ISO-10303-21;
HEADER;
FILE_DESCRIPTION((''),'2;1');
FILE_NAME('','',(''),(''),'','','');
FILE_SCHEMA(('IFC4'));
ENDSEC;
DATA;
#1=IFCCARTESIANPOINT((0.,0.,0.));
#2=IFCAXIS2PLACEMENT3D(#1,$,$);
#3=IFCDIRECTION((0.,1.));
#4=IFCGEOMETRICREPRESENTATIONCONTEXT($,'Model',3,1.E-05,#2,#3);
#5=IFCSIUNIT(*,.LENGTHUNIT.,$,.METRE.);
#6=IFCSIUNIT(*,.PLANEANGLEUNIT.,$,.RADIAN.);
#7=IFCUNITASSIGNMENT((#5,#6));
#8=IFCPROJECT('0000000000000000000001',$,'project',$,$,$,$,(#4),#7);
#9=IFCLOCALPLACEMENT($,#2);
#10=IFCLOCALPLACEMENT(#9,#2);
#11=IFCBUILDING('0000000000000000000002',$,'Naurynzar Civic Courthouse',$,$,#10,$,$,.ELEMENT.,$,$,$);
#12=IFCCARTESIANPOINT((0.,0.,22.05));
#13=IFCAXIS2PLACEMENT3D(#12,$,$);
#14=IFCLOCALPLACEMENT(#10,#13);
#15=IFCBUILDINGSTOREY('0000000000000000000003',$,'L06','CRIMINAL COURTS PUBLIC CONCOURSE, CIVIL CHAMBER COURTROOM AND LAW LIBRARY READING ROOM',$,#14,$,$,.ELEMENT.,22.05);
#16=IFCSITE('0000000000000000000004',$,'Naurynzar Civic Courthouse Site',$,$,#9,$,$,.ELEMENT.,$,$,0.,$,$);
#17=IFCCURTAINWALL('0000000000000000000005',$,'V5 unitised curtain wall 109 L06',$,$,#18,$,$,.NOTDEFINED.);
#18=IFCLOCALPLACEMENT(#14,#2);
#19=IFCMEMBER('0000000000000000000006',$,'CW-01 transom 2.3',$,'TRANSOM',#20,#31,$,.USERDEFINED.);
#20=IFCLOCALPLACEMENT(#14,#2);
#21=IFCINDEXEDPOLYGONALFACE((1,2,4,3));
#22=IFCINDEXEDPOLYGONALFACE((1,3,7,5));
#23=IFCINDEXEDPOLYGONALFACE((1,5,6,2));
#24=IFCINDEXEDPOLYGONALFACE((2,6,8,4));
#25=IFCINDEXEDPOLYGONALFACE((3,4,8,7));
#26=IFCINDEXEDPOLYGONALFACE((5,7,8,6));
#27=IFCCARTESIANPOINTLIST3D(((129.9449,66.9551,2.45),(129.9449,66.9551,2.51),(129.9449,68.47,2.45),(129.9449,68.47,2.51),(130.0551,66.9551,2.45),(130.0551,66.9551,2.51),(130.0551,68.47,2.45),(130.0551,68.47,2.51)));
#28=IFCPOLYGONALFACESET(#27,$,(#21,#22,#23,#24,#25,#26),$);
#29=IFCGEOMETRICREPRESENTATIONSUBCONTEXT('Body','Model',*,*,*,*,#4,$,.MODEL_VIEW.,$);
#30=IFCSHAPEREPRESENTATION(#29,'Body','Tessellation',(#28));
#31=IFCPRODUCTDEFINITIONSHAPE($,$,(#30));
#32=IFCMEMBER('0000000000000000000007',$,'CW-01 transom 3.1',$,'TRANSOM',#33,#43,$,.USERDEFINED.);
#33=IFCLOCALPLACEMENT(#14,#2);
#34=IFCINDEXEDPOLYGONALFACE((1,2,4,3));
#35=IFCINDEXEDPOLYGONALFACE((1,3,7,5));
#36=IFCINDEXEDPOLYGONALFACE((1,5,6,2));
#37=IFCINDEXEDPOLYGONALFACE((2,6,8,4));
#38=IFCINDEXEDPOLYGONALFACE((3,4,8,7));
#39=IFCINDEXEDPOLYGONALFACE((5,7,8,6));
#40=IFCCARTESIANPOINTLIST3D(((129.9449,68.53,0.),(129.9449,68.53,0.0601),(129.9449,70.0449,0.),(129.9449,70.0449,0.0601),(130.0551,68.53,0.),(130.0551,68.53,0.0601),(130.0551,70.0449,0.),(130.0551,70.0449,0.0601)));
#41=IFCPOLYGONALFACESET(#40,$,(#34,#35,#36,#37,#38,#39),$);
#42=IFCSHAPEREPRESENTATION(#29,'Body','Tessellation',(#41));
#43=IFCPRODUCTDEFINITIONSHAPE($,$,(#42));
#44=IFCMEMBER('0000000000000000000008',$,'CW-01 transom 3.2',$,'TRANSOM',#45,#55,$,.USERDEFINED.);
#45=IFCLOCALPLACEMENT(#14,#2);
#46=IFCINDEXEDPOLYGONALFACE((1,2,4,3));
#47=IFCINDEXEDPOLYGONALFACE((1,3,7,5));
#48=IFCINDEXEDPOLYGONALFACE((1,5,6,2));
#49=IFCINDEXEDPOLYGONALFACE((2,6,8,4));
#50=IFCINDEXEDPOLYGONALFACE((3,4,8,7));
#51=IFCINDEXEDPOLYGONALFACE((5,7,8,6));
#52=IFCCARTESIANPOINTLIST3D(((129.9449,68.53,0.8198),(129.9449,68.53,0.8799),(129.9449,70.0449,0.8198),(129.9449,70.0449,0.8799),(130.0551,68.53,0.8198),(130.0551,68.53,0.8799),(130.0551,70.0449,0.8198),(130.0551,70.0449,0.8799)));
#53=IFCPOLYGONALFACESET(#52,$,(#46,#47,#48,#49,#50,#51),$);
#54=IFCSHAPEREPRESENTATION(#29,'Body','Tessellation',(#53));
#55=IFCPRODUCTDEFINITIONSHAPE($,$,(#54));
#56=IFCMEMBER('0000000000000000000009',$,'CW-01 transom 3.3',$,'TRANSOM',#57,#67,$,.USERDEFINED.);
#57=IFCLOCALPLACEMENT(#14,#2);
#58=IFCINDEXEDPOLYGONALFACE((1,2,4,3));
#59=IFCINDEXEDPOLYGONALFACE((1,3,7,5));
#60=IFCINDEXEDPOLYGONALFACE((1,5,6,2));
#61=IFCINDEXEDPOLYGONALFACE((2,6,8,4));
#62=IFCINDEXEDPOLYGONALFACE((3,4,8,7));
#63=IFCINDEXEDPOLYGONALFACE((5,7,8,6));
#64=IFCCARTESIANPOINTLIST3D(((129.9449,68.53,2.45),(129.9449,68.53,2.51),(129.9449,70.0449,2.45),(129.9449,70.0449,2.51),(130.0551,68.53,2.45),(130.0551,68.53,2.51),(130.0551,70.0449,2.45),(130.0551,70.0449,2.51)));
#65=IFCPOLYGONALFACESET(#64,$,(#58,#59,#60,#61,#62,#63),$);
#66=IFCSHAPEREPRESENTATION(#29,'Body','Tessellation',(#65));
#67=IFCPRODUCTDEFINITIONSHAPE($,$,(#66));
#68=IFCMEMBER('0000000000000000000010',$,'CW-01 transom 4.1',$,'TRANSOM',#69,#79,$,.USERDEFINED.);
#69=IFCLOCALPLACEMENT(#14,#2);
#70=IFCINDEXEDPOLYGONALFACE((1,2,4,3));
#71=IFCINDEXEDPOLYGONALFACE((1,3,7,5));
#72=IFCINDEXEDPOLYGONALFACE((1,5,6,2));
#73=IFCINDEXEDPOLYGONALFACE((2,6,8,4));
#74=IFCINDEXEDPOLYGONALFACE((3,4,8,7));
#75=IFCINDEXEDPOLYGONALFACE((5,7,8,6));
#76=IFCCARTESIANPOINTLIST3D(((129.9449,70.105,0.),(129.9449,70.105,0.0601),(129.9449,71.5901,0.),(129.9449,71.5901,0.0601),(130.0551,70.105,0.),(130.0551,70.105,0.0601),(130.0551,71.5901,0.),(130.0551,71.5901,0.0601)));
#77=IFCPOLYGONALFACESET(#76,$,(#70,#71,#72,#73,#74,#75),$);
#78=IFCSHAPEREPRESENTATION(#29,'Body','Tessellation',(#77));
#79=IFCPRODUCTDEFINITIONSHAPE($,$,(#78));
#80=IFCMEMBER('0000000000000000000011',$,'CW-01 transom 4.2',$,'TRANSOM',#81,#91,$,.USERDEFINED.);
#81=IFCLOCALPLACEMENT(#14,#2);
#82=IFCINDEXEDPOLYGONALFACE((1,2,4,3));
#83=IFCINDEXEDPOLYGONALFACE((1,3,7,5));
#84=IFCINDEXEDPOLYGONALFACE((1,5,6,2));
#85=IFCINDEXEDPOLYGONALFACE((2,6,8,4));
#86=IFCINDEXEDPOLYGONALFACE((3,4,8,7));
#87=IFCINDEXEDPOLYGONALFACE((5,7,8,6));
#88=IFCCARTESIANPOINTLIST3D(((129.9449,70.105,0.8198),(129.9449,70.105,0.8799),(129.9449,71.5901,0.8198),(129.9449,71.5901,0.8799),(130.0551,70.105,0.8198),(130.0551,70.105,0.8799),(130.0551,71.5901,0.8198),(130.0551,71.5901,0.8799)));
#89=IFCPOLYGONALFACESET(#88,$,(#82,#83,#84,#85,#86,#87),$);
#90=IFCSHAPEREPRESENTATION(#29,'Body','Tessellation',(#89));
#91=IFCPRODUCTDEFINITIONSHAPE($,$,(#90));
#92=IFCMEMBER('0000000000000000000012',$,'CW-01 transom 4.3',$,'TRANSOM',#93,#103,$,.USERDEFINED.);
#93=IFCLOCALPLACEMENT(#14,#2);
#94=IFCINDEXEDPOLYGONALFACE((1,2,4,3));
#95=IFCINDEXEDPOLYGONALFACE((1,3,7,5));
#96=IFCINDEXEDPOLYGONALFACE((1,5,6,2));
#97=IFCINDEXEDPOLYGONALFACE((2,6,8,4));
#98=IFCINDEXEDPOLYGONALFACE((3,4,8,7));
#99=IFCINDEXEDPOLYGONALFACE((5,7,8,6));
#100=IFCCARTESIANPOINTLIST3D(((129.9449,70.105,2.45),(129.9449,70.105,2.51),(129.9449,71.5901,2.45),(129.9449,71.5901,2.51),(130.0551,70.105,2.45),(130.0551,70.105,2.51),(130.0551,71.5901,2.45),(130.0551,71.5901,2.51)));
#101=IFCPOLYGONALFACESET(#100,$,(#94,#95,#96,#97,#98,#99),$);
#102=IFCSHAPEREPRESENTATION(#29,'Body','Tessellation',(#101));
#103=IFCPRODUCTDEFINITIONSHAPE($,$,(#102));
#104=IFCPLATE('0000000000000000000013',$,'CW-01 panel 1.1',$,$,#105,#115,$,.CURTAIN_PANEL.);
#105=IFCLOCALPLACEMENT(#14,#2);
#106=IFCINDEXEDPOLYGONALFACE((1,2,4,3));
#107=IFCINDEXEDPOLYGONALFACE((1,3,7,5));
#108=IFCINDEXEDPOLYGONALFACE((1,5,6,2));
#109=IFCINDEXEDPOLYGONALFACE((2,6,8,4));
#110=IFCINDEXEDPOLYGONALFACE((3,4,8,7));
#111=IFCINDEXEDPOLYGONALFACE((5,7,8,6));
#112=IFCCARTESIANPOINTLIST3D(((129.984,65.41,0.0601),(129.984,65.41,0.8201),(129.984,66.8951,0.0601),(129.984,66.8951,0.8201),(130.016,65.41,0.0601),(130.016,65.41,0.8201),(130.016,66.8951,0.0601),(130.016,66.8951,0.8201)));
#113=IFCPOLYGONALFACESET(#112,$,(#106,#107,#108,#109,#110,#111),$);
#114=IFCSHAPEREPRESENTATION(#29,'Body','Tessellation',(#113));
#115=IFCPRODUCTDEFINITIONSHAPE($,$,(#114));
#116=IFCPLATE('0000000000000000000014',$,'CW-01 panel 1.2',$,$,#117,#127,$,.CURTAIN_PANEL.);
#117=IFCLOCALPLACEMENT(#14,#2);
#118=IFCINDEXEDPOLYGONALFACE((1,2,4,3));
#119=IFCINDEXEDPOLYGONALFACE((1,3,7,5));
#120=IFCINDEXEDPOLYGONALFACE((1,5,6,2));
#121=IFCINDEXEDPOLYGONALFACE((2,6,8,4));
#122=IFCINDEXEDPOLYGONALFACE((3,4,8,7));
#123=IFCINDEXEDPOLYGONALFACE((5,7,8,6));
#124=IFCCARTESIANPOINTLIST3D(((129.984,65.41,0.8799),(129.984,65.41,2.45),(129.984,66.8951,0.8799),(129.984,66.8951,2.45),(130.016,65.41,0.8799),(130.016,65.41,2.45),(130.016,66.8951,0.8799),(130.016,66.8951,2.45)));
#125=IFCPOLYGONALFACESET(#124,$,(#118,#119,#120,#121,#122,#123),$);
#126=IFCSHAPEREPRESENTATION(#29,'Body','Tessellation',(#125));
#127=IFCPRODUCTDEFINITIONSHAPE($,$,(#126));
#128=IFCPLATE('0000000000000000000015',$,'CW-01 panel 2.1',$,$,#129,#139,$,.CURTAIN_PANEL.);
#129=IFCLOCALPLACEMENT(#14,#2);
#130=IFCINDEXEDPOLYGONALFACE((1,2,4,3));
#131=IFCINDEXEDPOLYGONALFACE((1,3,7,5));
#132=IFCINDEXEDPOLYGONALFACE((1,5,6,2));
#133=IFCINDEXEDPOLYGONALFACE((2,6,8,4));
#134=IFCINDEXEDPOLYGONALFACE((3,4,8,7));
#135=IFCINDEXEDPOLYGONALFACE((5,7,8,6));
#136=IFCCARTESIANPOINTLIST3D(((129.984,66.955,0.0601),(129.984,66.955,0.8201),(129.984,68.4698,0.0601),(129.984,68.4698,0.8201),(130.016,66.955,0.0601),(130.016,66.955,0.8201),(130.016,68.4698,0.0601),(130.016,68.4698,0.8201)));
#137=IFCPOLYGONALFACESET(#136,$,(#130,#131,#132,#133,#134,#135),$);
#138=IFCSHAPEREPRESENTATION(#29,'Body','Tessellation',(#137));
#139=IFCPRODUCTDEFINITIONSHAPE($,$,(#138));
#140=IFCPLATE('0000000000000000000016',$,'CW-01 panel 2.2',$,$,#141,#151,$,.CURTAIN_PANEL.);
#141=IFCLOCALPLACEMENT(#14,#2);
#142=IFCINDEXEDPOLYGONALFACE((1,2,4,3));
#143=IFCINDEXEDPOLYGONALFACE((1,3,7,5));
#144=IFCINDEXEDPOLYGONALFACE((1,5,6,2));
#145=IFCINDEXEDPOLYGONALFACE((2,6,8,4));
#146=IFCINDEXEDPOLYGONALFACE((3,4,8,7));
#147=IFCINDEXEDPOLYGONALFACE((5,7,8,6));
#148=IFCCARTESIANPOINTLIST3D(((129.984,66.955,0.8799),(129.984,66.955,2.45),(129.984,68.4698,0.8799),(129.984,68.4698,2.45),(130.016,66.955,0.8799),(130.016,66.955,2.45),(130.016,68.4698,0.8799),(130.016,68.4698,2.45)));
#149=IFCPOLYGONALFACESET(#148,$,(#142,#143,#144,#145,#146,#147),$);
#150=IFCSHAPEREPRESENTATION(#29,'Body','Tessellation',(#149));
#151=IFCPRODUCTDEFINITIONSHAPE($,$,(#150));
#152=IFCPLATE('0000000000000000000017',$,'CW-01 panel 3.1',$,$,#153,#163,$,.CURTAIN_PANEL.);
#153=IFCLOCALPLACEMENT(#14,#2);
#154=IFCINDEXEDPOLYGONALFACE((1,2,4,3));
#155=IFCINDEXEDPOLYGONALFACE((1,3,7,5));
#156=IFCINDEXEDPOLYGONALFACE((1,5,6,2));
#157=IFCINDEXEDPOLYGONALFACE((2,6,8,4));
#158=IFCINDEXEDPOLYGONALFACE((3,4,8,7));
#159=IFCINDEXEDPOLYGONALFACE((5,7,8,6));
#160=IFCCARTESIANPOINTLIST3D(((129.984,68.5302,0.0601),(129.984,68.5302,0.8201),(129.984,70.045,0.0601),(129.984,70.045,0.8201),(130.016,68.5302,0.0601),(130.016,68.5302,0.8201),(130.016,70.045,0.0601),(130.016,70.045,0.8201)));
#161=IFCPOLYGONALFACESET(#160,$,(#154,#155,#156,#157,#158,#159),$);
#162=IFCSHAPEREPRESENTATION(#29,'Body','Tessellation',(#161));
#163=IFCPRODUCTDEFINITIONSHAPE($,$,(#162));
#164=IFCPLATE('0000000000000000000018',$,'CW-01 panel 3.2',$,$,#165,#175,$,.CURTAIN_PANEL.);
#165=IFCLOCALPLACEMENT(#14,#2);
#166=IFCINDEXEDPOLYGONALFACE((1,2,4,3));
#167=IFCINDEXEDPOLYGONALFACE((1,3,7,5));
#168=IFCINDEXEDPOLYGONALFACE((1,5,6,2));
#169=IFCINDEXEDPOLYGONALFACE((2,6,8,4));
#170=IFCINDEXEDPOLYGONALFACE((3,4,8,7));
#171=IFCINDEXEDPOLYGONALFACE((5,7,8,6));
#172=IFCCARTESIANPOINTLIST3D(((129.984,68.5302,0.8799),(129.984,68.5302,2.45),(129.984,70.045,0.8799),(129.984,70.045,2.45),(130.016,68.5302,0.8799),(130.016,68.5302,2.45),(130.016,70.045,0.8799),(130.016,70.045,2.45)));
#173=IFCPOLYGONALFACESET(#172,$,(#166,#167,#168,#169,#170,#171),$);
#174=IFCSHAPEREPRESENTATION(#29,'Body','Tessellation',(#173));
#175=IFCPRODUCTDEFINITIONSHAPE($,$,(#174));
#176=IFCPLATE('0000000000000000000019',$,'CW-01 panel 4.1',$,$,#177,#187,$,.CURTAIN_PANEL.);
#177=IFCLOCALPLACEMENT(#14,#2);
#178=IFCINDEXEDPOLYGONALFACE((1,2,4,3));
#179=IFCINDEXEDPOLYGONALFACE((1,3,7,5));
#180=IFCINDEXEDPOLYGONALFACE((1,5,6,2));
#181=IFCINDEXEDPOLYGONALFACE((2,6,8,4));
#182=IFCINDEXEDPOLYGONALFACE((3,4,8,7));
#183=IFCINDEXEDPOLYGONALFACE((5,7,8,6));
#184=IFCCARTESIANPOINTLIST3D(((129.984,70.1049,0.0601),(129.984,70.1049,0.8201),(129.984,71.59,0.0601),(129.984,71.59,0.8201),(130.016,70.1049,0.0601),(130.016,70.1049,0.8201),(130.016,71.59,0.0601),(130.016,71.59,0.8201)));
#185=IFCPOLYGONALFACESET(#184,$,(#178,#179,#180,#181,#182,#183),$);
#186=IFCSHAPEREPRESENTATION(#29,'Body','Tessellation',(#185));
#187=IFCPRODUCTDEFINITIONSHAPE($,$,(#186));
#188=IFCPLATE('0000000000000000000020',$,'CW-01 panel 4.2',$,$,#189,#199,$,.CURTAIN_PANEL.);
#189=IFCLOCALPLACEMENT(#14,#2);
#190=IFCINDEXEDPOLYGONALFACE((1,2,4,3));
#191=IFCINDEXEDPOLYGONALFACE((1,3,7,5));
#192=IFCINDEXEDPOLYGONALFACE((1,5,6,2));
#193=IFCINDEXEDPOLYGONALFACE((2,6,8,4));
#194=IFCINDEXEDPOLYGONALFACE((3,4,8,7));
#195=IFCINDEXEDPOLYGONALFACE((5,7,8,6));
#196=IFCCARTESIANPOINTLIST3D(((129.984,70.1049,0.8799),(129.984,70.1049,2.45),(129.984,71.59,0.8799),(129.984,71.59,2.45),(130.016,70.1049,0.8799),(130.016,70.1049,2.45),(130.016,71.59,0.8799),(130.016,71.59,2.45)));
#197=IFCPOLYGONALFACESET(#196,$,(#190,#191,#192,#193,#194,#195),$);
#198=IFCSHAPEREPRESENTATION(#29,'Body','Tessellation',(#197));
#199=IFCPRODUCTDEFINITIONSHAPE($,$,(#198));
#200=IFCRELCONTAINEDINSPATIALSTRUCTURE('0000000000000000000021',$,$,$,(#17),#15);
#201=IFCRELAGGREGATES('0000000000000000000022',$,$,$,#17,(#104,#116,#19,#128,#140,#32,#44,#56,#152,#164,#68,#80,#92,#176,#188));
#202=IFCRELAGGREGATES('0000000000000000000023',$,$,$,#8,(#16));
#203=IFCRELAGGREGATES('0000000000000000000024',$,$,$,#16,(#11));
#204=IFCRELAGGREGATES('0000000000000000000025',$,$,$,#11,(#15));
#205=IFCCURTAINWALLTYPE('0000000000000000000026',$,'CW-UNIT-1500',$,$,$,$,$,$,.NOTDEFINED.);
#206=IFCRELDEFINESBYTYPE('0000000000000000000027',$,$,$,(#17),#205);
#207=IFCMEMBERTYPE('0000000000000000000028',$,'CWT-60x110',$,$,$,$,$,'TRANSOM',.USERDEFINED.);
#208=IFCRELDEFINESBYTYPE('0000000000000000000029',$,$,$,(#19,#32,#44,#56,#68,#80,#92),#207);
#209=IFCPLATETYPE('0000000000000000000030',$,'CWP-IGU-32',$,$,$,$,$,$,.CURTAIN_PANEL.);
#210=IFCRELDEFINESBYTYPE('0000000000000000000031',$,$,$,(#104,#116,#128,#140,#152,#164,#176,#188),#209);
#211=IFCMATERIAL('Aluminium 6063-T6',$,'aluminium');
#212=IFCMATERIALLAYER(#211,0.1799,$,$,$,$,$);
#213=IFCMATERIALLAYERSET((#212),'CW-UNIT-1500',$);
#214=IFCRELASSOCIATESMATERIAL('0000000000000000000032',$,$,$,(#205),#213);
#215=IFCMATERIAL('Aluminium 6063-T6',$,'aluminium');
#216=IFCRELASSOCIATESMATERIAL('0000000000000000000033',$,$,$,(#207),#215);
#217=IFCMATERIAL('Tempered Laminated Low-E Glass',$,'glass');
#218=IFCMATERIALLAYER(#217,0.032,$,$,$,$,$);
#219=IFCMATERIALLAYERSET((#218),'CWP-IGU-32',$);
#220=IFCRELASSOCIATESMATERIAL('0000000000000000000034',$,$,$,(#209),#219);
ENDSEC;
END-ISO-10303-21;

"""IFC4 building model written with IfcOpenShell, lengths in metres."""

from ifc_helpers import new_model, si_unit, direction, frame, origin, origin_2d, place, context, subcontext, project, spatial, rectangle, extrude, material, layer, layer_set, material_profile, profile_set, type_object, element, aggregate, save


model = new_model("IFC4")

# Units and contexts
model_context = context("Model", 3, precision=1e-05, world=origin(), true_north=direction((0.0, 1.0)))
body_context = subcontext(model_context, "Body", "Model", "MODEL_VIEW")
ifc_project = project(units=[si_unit("LENGTHUNIT", "METRE"), si_unit("PLANEANGLEUNIT", "RADIAN")], contexts=[model_context])

# Site, building, storey
site_placement = place(None, origin())
site = spatial("IfcSite", under=ifc_project, at=site_placement, Name="Naurynzar Civic Courthouse Site", CompositionType="ELEMENT", RefElevation=0.0)
building_placement = place(site_placement, origin())
building = spatial("IfcBuilding", under=site, at=building_placement, Name="Naurynzar Civic Courthouse", CompositionType="ELEMENT")
storey_placement = place(building_placement, frame((0.0, 0.0, 22.05)))
storey = spatial("IfcBuildingStorey", under=building, at=storey_placement, Name="L06", Description="CRIMINAL COURTS PUBLIC CONCOURSE, CIVIL CHAMBER COURTROOM AND LAW LIBRARY READING ROOM", CompositionType="ELEMENT", Elevation=22.05)

# Curtain wall, members, plates
ifc_material_1 = material(Name="Aluminium 6063-T6", Category="aluminium")
ifc_layer_1 = layer(ifc_material_1, 0.1799)
ifc_layer_set_1 = layer_set([ifc_layer_1], Name="CW-UNIT-1500")
curtain_wall_type = type_object("IfcCurtainWallType", Name="CW-UNIT-1500", PredefinedType="NOTDEFINED", material=ifc_layer_set_1)
curtain_wall_placement = place(storey_placement, origin())
curtain_wall = element("IfcCurtainWall", 1, at=curtain_wall_placement, inside=storey, type_object=curtain_wall_type, Name="V5 unitised curtain wall 109 L06", PredefinedType="NOTDEFINED")
ifc_material_2 = material(Name="Aluminium 6063-T6", Category="aluminium")
ifc_material_profile_1 = material_profile(ifc_material_2, rectangle(XDim=0.1101, YDim=0.0601, at=origin_2d()), Name="ALU TRANSOM 60x110")
ifc_profile_set_1 = profile_set([ifc_material_profile_1], Name="Aluminium 6063-T6")
member_type_1 = type_object("IfcMemberType", Name="CWT-60x110", ElementType="TRANSOM", PredefinedType="USERDEFINED", material=ifc_profile_set_1)
member_1_placement = place(storey_placement, frame((130.0, 66.9551, 2.48), z_axis=(0.0, 1.0, 0.0), x_axis=(-1.0, 0.0, 0.0)))
member_1 = element("IfcMember", 2, at=member_1_placement, type_object=member_type_1, Name="CW-01 transom 2.3", ObjectType="TRANSOM", PredefinedType="USERDEFINED", context=body_context, shape_type="SweptSolid", body=[
    extrude(rectangle(XDim=0.1101, YDim=0.0601, at=origin_2d()), origin(), (0.0, 0.0, 1.0), 1.5149),
])
member_2_placement = place(storey_placement, frame((130.0, 68.53, 0.03), z_axis=(0.0, 1.0, 0.0), x_axis=(-1.0, 0.0, 0.0)))
member_2 = element("IfcMember", 3, at=member_2_placement, type_object=member_type_1, Name="CW-01 transom 3.1", ObjectType="TRANSOM", PredefinedType="USERDEFINED", context=body_context, shape_type="SweptSolid", body=[
    extrude(rectangle(XDim=0.1101, YDim=0.0601, at=origin_2d()), origin(), (0.0, 0.0, 1.0), 1.5149),
])
member_3_placement = place(storey_placement, frame((130.0, 68.53, 0.8499), z_axis=(0.0, 1.0, 0.0), x_axis=(-1.0, 0.0, 0.0)))
member_3 = element("IfcMember", 4, at=member_3_placement, type_object=member_type_1, Name="CW-01 transom 3.2", ObjectType="TRANSOM", PredefinedType="USERDEFINED", context=body_context, shape_type="SweptSolid", body=[
    extrude(rectangle(XDim=0.1101, YDim=0.0601, at=origin_2d()), origin(), (0.0, 0.0, 1.0), 1.5149),
])
member_4_placement = place(storey_placement, frame((130.0, 68.53, 2.48), z_axis=(0.0, 1.0, 0.0), x_axis=(-1.0, 0.0, 0.0)))
member_4 = element("IfcMember", 5, at=member_4_placement, type_object=member_type_1, Name="CW-01 transom 3.3", ObjectType="TRANSOM", PredefinedType="USERDEFINED", context=body_context, shape_type="SweptSolid", body=[
    extrude(rectangle(XDim=0.1101, YDim=0.0601, at=origin_2d()), origin(), (0.0, 0.0, 1.0), 1.5149),
])
member_5_placement = place(storey_placement, frame((130.0, 70.105, 0.03), z_axis=(0.0, 1.0, 0.0), x_axis=(-1.0, 0.0, 0.0)))
member_5 = element("IfcMember", 6, at=member_5_placement, type_object=member_type_1, Name="CW-01 transom 4.1", ObjectType="TRANSOM", PredefinedType="USERDEFINED", context=body_context, shape_type="SweptSolid", body=[
    extrude(rectangle(XDim=0.1101, YDim=0.0601, at=origin_2d()), origin(), (0.0, 0.0, 1.0), 1.4851),
])
member_6_placement = place(storey_placement, frame((130.0, 70.105, 0.8499), z_axis=(0.0, 1.0, 0.0), x_axis=(-1.0, 0.0, 0.0)))
member_6 = element("IfcMember", 7, at=member_6_placement, type_object=member_type_1, Name="CW-01 transom 4.2", ObjectType="TRANSOM", PredefinedType="USERDEFINED", context=body_context, shape_type="SweptSolid", body=[
    extrude(rectangle(XDim=0.1101, YDim=0.0601, at=origin_2d()), origin(), (0.0, 0.0, 1.0), 1.4851),
])
member_7_placement = place(storey_placement, frame((130.0, 70.105, 2.48), z_axis=(0.0, 1.0, 0.0), x_axis=(-1.0, 0.0, 0.0)))
member_7 = element("IfcMember", 8, at=member_7_placement, type_object=member_type_1, Name="CW-01 transom 4.3", ObjectType="TRANSOM", PredefinedType="USERDEFINED", context=body_context, shape_type="SweptSolid", body=[
    extrude(rectangle(XDim=0.1101, YDim=0.0601, at=origin_2d()), origin(), (0.0, 0.0, 1.0), 1.4851),
])
ifc_material_3 = material(Name="Tempered Laminated Low-E Glass", Category="glass")
ifc_layer_2 = layer(ifc_material_3, 0.032)
ifc_layer_set_2 = layer_set([ifc_layer_2], Name="CWP-IGU-32")
plate_type = type_object("IfcPlateType", Name="CWP-IGU-32", PredefinedType="CURTAIN_PANEL", material=ifc_layer_set_2)
plate_1_placement = place(storey_placement, frame((130.0, 66.1526, 0.0601), z_axis=(0.0, 0.0, 1.0), x_axis=(0.0, 1.0, 0.0)))
plate_1 = element("IfcPlate", 9, at=plate_1_placement, type_object=plate_type, Name="CW-01 panel 1.1", PredefinedType="CURTAIN_PANEL", context=body_context, shape_type="SweptSolid", body=[
    extrude(rectangle(XDim=1.4851, YDim=0.032, at=origin_2d()), origin(), (0.0, 0.0, 1.0), 0.76),
])
plate_2_placement = place(storey_placement, frame((130.0, 66.1526, 0.8799), z_axis=(0.0, 0.0, 1.0), x_axis=(0.0, 1.0, 0.0)))
plate_2 = element("IfcPlate", 10, at=plate_2_placement, type_object=plate_type, Name="CW-01 panel 1.2", PredefinedType="CURTAIN_PANEL", context=body_context, shape_type="SweptSolid", body=[
    extrude(rectangle(XDim=1.4851, YDim=0.032, at=origin_2d()), origin(), (0.0, 0.0, 1.0), 1.5701),
])
plate_3_placement = place(storey_placement, frame((130.0, 67.7124, 0.0601), z_axis=(0.0, 0.0, 1.0), x_axis=(0.0, 1.0, 0.0)))
plate_3 = element("IfcPlate", 11, at=plate_3_placement, type_object=plate_type, Name="CW-01 panel 2.1", PredefinedType="CURTAIN_PANEL", context=body_context, shape_type="SweptSolid", body=[
    extrude(rectangle(XDim=1.5149, YDim=0.032, at=origin_2d()), origin(), (0.0, 0.0, 1.0), 0.76),
])
plate_4_placement = place(storey_placement, frame((130.0, 67.7124, 0.8799), z_axis=(0.0, 0.0, 1.0), x_axis=(0.0, 1.0, 0.0)))
plate_4 = element("IfcPlate", 12, at=plate_4_placement, type_object=plate_type, Name="CW-01 panel 2.2", PredefinedType="CURTAIN_PANEL", context=body_context, shape_type="SweptSolid", body=[
    extrude(rectangle(XDim=1.5149, YDim=0.032, at=origin_2d()), origin(), (0.0, 0.0, 1.0), 1.5701),
])
plate_5_placement = place(storey_placement, frame((130.0, 69.2876, 0.0601), z_axis=(0.0, 0.0, 1.0), x_axis=(0.0, 1.0, 0.0)))
plate_5 = element("IfcPlate", 13, at=plate_5_placement, type_object=plate_type, Name="CW-01 panel 3.1", PredefinedType="CURTAIN_PANEL", context=body_context, shape_type="SweptSolid", body=[
    extrude(rectangle(XDim=1.5149, YDim=0.032, at=origin_2d()), origin(), (0.0, 0.0, 1.0), 0.76),
])
plate_6_placement = place(storey_placement, frame((130.0, 69.2876, 0.8799), z_axis=(0.0, 0.0, 1.0), x_axis=(0.0, 1.0, 0.0)))
plate_6 = element("IfcPlate", 14, at=plate_6_placement, type_object=plate_type, Name="CW-01 panel 3.2", PredefinedType="CURTAIN_PANEL", context=body_context, shape_type="SweptSolid", body=[
    extrude(rectangle(XDim=1.5149, YDim=0.032, at=origin_2d()), origin(), (0.0, 0.0, 1.0), 1.5701),
])
plate_7_placement = place(storey_placement, frame((130.0, 70.8474, 0.0601), z_axis=(0.0, 0.0, 1.0), x_axis=(0.0, 1.0, 0.0)))
plate_7 = element("IfcPlate", 15, at=plate_7_placement, type_object=plate_type, Name="CW-01 panel 4.1", PredefinedType="CURTAIN_PANEL", context=body_context, shape_type="SweptSolid", body=[
    extrude(rectangle(XDim=1.4851, YDim=0.032, at=origin_2d()), origin(), (0.0, 0.0, 1.0), 0.76),
])
plate_8_placement = place(storey_placement, frame((130.0, 70.8474, 0.8799), z_axis=(0.0, 0.0, 1.0), x_axis=(0.0, 1.0, 0.0)))
plate_8 = element("IfcPlate", 16, at=plate_8_placement, type_object=plate_type, Name="CW-01 panel 4.2", PredefinedType="CURTAIN_PANEL", context=body_context, shape_type="SweptSolid", body=[
    extrude(rectangle(XDim=1.4851, YDim=0.032, at=origin_2d()), origin(), (0.0, 0.0, 1.0), 1.5701),
])
aggregate(curtain_wall, [plate_1, plate_2, member_1, plate_3, plate_4, member_2, member_3, member_4, plate_5, plate_6, member_5, member_6, member_7, plate_7, plate_8])

save(model, "model.ifc")
